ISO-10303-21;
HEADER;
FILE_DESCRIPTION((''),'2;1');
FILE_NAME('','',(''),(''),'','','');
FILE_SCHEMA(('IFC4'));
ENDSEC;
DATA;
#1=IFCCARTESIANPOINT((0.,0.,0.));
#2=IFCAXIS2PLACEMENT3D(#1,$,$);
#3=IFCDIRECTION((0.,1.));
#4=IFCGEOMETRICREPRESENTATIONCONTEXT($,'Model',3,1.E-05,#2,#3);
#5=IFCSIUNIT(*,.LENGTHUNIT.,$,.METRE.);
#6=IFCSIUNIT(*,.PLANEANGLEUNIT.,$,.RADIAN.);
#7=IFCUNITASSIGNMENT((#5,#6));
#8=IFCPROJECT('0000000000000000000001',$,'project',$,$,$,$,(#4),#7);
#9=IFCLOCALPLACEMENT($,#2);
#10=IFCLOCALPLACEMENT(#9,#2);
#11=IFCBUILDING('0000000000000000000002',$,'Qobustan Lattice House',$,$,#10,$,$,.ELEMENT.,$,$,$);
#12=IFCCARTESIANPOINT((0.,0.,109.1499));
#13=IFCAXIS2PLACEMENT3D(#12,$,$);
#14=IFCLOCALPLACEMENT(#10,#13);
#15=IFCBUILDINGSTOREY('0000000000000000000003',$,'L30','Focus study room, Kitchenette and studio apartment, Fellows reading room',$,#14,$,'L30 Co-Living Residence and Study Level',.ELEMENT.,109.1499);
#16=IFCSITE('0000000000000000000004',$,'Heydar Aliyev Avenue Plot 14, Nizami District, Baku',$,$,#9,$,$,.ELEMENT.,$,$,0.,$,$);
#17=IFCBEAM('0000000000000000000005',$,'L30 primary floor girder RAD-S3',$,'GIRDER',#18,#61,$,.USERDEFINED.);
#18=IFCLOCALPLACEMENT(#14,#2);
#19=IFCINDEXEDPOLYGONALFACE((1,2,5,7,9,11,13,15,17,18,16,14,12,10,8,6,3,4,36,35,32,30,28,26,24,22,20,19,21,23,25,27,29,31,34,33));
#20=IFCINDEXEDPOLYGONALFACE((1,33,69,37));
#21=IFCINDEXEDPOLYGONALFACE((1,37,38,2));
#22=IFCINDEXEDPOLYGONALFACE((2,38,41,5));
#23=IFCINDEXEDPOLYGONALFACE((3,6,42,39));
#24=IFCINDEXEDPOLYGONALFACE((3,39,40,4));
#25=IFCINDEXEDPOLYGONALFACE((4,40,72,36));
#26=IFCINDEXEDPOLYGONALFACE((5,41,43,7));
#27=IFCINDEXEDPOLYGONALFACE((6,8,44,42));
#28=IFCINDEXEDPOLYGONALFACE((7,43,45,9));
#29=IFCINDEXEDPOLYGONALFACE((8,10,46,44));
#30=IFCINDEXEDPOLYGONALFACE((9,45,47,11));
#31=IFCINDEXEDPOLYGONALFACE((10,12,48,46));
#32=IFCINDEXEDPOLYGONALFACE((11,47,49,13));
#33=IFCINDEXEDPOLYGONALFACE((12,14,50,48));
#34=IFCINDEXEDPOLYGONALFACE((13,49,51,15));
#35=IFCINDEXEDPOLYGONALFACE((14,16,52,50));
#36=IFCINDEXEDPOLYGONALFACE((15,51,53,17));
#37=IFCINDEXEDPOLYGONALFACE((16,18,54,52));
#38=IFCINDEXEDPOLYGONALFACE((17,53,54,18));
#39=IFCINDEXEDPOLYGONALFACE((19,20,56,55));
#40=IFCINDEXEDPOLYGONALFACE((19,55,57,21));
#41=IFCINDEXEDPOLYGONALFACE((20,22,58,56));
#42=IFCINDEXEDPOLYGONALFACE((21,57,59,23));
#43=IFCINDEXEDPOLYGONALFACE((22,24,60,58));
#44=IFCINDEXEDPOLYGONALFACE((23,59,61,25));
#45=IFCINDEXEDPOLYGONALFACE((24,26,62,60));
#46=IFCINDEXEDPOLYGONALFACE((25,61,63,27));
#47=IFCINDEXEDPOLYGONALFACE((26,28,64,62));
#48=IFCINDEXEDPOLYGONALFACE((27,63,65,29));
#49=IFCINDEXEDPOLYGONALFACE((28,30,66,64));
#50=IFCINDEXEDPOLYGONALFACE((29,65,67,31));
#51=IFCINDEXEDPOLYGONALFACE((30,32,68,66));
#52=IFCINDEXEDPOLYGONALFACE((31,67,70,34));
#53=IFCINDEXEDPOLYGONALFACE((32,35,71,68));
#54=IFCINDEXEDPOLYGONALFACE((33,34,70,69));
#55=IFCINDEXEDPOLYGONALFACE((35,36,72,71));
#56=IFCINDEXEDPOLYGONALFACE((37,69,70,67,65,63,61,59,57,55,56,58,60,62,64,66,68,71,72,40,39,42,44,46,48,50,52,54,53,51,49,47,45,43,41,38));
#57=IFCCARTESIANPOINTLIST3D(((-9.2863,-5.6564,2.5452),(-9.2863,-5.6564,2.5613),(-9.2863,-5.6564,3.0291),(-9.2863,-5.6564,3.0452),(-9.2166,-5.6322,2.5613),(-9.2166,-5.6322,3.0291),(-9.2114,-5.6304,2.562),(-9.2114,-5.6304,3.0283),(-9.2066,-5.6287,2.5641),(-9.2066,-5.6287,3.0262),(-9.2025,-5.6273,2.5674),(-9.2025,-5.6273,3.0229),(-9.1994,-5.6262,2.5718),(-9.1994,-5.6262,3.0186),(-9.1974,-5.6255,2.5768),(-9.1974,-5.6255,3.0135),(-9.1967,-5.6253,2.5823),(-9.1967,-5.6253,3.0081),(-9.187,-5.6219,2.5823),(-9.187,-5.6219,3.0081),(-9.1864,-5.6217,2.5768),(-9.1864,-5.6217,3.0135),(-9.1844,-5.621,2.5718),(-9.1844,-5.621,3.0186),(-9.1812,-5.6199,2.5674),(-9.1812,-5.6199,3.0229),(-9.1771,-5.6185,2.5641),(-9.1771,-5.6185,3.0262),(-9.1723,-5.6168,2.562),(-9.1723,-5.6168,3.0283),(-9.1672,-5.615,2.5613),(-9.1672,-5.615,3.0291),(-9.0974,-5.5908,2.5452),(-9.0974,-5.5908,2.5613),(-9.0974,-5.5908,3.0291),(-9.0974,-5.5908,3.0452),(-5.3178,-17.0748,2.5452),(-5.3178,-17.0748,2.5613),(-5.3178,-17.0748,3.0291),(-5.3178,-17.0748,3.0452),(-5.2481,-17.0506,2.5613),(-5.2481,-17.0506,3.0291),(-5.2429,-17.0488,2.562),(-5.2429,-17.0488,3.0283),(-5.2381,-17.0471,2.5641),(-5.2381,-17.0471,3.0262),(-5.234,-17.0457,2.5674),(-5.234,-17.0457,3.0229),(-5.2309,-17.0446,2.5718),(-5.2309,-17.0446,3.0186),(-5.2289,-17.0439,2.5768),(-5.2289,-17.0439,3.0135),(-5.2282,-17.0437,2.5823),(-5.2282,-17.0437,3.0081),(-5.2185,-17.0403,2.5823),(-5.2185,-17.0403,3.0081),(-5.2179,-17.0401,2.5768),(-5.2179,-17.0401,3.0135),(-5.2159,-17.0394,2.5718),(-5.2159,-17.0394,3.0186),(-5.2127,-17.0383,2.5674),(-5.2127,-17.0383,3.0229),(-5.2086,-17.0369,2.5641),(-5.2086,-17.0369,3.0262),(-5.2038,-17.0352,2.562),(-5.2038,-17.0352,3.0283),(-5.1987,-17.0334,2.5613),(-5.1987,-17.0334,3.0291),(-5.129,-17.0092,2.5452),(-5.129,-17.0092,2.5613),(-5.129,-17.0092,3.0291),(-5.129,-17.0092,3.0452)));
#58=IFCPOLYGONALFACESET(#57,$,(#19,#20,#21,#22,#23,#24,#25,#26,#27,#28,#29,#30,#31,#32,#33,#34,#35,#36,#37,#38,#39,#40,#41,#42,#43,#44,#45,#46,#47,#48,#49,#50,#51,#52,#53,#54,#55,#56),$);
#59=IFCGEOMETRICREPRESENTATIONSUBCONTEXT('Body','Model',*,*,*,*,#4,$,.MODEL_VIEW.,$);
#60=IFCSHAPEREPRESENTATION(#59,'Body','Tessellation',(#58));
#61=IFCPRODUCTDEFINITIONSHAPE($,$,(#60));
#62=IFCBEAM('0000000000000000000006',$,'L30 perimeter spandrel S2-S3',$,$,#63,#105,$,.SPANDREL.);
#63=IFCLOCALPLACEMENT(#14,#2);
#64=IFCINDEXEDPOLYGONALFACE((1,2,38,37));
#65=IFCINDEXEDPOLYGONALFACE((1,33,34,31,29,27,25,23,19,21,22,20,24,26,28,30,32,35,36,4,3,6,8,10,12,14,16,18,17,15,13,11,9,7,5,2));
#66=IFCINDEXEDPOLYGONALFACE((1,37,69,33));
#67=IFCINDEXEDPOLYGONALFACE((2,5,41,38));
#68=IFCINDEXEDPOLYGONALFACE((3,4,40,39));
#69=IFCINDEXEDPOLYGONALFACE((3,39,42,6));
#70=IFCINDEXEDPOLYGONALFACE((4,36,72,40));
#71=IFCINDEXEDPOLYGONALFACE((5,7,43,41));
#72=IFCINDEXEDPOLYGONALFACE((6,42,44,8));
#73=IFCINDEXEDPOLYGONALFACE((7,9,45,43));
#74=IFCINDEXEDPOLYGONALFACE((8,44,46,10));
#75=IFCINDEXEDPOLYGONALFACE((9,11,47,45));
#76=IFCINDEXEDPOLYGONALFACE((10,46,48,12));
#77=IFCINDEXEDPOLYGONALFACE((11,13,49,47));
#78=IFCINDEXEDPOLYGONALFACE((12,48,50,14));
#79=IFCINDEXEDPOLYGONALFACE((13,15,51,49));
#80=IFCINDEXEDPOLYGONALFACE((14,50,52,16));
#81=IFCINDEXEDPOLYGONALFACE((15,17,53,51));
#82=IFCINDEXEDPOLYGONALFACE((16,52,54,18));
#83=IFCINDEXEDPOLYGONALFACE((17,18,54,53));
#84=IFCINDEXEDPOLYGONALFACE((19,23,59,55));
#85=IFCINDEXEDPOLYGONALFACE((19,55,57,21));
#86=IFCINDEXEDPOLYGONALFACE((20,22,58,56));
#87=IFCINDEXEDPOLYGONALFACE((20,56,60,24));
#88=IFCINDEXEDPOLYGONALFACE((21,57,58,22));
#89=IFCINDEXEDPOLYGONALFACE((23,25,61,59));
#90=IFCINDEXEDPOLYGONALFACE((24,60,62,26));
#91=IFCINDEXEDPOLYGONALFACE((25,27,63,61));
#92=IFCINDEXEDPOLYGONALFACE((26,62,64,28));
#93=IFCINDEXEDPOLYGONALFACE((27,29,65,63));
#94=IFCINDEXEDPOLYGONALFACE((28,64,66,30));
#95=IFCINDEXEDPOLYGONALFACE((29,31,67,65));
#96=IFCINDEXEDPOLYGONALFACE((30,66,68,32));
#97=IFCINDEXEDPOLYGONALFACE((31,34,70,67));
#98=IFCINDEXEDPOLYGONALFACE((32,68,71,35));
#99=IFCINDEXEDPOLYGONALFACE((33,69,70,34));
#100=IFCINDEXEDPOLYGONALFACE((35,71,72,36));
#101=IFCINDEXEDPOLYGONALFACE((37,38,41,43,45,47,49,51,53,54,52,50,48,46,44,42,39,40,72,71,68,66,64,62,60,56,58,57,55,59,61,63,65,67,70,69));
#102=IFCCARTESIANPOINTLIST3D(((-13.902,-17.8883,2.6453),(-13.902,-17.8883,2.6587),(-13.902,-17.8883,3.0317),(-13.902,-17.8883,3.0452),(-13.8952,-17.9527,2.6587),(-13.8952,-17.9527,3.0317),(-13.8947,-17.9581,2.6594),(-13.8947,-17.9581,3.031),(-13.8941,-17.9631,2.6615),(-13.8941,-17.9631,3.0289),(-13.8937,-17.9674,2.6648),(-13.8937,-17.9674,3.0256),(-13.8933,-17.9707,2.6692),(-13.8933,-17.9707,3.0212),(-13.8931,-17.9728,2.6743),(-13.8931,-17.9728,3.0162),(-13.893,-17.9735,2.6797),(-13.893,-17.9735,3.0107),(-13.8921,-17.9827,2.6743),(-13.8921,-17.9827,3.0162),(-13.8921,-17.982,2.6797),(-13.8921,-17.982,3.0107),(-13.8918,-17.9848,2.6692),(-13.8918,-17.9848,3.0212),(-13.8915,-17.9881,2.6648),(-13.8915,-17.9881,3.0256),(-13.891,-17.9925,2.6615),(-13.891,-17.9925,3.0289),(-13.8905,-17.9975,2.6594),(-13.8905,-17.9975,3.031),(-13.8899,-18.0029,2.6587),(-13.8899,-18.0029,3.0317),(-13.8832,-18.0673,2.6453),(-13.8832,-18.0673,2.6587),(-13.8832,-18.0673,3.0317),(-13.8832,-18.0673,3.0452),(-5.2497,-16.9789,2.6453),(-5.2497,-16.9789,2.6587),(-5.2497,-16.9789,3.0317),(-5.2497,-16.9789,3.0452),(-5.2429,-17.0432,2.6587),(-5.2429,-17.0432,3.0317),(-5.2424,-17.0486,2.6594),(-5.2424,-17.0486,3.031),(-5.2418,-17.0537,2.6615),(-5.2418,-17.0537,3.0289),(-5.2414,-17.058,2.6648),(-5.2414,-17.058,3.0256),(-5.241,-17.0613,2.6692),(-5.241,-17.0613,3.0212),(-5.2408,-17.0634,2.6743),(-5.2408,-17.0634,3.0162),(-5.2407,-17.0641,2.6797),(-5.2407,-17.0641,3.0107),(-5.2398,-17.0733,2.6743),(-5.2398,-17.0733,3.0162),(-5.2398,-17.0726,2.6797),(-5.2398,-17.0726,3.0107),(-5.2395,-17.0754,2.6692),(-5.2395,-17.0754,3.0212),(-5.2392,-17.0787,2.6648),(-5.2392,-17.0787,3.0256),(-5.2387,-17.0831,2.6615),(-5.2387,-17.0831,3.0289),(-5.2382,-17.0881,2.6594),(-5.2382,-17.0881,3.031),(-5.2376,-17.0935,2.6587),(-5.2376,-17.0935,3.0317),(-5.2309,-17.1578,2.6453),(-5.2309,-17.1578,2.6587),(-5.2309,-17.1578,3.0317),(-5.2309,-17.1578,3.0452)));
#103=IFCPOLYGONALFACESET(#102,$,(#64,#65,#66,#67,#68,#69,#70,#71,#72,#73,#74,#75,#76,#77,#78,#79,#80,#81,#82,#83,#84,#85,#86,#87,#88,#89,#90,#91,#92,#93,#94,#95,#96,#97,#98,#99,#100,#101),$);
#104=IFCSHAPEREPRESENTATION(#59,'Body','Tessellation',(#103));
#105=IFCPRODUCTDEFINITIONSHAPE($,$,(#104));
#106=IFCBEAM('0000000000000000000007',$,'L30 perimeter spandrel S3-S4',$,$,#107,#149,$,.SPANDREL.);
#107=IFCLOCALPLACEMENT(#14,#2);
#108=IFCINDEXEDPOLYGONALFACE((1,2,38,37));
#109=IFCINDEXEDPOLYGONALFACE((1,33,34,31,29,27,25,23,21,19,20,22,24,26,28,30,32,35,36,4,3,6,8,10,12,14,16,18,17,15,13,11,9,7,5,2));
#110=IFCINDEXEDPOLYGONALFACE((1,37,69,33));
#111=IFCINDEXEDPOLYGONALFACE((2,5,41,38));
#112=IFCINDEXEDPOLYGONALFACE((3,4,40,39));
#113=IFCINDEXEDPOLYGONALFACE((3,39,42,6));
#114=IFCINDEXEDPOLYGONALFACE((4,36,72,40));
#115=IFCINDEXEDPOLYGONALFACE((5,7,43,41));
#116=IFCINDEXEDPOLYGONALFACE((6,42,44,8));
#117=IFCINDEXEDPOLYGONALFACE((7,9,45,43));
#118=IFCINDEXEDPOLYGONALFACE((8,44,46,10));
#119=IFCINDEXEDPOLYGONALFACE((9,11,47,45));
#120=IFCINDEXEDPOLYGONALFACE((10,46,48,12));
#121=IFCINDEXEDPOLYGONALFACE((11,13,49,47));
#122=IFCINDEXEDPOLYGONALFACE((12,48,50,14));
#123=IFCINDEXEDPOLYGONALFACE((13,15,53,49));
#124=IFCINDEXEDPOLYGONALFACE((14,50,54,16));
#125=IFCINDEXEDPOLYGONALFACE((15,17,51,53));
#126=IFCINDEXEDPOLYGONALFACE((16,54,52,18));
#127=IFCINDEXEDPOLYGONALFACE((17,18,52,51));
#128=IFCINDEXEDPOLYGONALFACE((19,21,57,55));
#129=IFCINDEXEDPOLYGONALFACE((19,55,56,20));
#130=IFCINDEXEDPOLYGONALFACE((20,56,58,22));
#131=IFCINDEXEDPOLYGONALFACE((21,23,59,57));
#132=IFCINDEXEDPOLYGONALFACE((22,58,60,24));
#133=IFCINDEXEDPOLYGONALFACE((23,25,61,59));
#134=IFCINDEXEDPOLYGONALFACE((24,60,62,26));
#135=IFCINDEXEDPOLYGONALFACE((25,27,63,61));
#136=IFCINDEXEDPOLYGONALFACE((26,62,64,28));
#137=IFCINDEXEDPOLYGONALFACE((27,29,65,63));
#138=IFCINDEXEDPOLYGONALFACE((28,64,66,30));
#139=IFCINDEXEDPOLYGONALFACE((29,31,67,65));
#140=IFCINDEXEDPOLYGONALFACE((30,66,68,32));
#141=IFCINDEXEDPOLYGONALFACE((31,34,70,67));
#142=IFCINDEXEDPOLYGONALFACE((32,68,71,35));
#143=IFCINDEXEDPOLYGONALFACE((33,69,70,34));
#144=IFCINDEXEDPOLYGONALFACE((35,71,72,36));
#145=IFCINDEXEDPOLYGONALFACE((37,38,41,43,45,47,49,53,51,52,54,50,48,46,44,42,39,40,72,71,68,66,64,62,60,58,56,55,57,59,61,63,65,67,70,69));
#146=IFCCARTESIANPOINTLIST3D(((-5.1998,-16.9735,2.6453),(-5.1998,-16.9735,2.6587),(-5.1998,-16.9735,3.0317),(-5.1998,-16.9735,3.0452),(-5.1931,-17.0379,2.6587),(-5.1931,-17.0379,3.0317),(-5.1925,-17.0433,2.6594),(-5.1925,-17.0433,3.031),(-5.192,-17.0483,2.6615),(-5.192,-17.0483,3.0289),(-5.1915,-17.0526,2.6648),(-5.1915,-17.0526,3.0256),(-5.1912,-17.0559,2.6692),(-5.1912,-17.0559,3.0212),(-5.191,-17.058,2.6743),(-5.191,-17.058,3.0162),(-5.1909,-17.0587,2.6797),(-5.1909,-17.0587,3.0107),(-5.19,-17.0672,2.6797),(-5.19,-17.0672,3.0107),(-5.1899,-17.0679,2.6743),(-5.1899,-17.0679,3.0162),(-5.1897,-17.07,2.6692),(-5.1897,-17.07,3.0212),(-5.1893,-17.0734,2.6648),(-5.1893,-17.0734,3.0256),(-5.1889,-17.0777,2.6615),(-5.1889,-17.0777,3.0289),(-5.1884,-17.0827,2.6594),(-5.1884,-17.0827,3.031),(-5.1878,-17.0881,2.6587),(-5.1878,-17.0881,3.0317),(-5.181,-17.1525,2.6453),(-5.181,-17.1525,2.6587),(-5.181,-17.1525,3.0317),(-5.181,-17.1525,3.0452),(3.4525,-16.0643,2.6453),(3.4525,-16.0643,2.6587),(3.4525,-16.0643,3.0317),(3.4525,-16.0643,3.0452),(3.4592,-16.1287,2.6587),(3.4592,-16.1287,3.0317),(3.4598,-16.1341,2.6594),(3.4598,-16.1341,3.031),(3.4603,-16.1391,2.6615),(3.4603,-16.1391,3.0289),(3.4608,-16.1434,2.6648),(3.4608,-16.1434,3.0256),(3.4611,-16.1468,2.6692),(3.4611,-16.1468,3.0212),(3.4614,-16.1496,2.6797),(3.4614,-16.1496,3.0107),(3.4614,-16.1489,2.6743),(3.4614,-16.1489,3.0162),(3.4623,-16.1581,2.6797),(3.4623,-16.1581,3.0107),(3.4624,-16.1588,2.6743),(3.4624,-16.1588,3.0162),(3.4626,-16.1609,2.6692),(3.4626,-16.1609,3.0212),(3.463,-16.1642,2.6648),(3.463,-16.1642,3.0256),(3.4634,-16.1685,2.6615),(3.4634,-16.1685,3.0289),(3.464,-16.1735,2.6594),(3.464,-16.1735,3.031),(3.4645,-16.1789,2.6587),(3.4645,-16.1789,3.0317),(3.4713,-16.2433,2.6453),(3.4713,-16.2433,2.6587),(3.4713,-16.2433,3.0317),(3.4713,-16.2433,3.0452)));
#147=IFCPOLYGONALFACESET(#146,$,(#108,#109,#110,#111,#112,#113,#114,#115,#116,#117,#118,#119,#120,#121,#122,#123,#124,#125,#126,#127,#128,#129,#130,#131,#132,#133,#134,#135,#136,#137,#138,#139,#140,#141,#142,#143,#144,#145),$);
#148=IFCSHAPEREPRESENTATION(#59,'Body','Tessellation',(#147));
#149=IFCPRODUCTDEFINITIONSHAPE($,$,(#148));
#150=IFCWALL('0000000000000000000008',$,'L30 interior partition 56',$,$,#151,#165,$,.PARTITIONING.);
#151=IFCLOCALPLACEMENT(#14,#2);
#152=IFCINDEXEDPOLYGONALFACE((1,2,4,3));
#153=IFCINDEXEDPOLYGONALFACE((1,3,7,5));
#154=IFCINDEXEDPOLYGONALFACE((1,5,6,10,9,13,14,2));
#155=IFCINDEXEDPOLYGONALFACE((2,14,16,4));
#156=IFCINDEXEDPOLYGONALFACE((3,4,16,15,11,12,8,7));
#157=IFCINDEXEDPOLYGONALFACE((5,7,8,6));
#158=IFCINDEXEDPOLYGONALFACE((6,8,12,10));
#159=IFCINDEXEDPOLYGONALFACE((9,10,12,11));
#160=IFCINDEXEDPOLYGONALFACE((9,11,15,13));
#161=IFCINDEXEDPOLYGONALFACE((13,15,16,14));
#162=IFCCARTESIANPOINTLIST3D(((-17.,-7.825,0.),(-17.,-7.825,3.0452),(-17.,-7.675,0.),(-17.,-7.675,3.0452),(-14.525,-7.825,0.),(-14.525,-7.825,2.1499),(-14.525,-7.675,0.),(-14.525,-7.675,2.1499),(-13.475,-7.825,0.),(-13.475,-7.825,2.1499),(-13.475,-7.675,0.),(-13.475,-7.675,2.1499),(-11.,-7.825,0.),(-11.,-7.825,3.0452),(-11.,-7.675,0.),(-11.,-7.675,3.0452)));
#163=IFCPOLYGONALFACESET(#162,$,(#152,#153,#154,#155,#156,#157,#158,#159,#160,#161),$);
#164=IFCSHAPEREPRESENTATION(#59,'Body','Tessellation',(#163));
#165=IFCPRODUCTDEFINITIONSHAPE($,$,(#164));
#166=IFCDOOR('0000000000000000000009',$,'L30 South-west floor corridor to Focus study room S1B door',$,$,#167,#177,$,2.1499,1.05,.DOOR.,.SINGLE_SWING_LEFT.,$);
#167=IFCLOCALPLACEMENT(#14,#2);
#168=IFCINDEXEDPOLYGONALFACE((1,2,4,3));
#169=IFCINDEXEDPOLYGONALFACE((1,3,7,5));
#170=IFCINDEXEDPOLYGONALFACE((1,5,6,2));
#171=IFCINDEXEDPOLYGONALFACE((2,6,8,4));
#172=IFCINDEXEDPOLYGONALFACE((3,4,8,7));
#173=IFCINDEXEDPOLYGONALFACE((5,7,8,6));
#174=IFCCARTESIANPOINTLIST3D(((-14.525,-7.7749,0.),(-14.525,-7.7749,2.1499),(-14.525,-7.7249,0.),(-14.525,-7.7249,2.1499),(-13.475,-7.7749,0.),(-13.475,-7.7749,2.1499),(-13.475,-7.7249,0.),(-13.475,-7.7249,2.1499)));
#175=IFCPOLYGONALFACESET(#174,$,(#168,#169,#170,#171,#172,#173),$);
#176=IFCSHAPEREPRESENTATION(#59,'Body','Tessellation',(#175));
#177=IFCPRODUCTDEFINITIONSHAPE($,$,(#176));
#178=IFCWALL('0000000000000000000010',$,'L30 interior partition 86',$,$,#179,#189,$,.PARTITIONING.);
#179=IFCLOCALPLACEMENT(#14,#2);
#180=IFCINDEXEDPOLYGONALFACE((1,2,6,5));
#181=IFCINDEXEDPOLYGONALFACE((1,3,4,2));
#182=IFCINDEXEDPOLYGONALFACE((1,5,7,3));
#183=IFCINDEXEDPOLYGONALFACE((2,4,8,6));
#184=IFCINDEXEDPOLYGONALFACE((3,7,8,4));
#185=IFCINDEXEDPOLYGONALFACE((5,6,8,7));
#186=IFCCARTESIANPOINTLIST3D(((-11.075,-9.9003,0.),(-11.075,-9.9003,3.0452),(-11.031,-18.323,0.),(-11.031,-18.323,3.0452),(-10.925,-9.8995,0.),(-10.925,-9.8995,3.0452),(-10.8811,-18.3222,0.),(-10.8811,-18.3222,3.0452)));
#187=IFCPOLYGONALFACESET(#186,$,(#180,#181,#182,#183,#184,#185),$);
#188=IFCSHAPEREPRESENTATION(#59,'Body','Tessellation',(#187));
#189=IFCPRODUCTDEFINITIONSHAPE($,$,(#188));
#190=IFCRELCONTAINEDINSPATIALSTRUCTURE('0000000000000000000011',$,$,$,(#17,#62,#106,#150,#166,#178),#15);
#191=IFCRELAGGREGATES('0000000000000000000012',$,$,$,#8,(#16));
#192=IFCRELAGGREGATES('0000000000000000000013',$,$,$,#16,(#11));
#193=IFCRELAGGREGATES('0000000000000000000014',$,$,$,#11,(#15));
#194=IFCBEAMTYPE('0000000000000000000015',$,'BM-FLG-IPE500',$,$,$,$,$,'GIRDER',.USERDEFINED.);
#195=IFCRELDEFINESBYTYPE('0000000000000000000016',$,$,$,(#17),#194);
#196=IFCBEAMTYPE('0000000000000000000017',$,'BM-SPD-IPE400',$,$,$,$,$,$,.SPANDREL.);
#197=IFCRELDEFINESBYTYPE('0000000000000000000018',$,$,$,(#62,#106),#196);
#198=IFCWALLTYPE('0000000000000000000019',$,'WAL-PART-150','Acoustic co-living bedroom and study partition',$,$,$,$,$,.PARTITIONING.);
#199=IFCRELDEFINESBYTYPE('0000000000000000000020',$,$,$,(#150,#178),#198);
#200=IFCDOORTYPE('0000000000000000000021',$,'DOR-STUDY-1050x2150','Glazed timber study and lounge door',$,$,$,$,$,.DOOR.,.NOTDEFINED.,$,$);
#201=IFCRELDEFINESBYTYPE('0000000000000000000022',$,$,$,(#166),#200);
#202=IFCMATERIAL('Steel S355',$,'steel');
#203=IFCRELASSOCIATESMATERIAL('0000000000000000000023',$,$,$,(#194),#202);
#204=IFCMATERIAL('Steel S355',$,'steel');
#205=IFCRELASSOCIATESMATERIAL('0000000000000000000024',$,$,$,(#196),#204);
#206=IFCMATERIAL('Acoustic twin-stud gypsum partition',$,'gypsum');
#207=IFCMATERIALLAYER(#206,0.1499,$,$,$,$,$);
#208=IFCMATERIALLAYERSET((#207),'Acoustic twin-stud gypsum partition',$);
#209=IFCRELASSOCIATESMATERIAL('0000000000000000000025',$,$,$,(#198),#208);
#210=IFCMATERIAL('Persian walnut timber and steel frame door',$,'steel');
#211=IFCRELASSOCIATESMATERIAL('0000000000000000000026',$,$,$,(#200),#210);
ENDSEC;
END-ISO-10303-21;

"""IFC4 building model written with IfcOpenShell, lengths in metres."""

from ifc_helpers import new_model, si_unit, direction, frame, frame_2d, origin, origin_2d, place, context, subcontext, project, spatial, rectangle, i_section, extrude, material, layer, layer_set, material_profile, profile_set, type_object, element, fill, save


model = new_model("IFC4")

# Units and contexts
model_context = context("Model", 3, precision=1e-05, world=origin(), true_north=direction((0.0, 1.0)))
body_context = subcontext(model_context, "Body", "Model", "MODEL_VIEW")
ifc_project = project(units=[si_unit("LENGTHUNIT", "METRE"), si_unit("PLANEANGLEUNIT", "RADIAN")], contexts=[model_context])

# Site, building, storey
site_placement = place(None, origin())
site = spatial("IfcSite", under=ifc_project, at=site_placement, Name="Heydar Aliyev Avenue Plot 14, Nizami District, Baku", CompositionType="ELEMENT", RefElevation=0.0)
building_placement = place(site_placement, origin())
building = spatial("IfcBuilding", under=site, at=building_placement, Name="Qobustan Lattice House", CompositionType="ELEMENT")
storey_placement = place(building_placement, frame((0.0, 0.0, 109.1499)))
storey = spatial("IfcBuildingStorey", under=building, at=storey_placement, Name="L30", Description="Focus study room, Kitchenette and studio apartment, Fellows reading room", LongName="L30 Co-Living Residence and Study Level", CompositionType="ELEMENT", Elevation=109.1499)

# Beams
ifc_material_1 = material(Name="Steel S355", Category="steel")
ifc_material_profile_1 = material_profile(ifc_material_1, i_section(OverallWidth=0.2, OverallDepth=0.5, WebThickness=0.0103, FlangeThickness=0.0161, FilletRadius=0.021, at=origin_2d()), Name="IPE500")
ifc_profile_set_1 = profile_set([ifc_material_profile_1], Name="Steel S355")
beam_type_1 = type_object("IfcBeamType", Name="BM-FLG-IPE500", ElementType="GIRDER", PredefinedType="USERDEFINED", material=ifc_profile_set_1)
beam_1_placement = place(storey_placement, frame((-5.2234, -17.042, 2.7952), z_axis=(-0.32829, 0.944577, 0.0), x_axis=(-0.944577, -0.32829, 0.0)))
element("IfcBeam", 1, at=beam_1_placement, inside=storey, type_object=beam_type_1, Name="L30 primary floor girder RAD-S3", ObjectType="GIRDER", PredefinedType="USERDEFINED", context=body_context, shape_type="SweptSolid", body=[
    extrude(i_section(OverallWidth=0.2, OverallDepth=0.5, WebThickness=0.0103, FlangeThickness=0.0161, FilletRadius=0.021, at=origin_2d()), origin(), (0.0, 0.0, 1.0), 12.0884),
])
ifc_material_2 = material(Name="Steel S355", Category="steel")
ifc_material_profile_2 = material_profile(ifc_material_2, i_section(OverallWidth=0.1799, OverallDepth=0.3999, WebThickness=0.0085, FlangeThickness=0.0134, FilletRadius=0.021, at=origin_2d()), Name="IPE400")
ifc_profile_set_2 = profile_set([ifc_material_profile_2], Name="Steel S355")
beam_type_2 = type_object("IfcBeamType", Name="BM-SPD-IPE400", PredefinedType="SPANDREL", material=ifc_profile_set_2)
for number, where, z_axis, x_axis, name in (
    (2, (-13.8926, -17.9778, 2.8452), (0.994522, 0.104531, 0.0), (-0.104531, 0.994522, 0.0), "L30 perimeter spandrel S2-S3"),
    (3, (-5.1904, -17.063, 2.8452), (0.994525, 0.104504, 0.0), (-0.104504, 0.994525, 0.0), "L30 perimeter spandrel S3-S4"),
):
    element("IfcBeam", number, at=place(storey_placement, frame(where, z_axis=z_axis, x_axis=x_axis)), inside=storey, type_object=beam_type_2, Name=name, PredefinedType="SPANDREL", context=body_context, shape_type="SweptSolid", body=[
        extrude(i_section(OverallWidth=0.1799, OverallDepth=0.3999, WebThickness=0.0085, FlangeThickness=0.0134, FilletRadius=0.021, at=origin_2d()), origin(), (0.0, 0.0, 1.0), 8.7),
    ])

# Wall, opening, door
ifc_material_3 = material(Name="Acoustic twin-stud gypsum partition", Category="gypsum")
ifc_layer_1 = layer(ifc_material_3, 0.1499)
ifc_layer_set_1 = layer_set([ifc_layer_1], Name="Acoustic twin-stud gypsum partition")
wall_type_1 = type_object("IfcWallType", Name="WAL-PART-150", Description="Acoustic co-living bedroom and study partition", PredefinedType="PARTITIONING", material=ifc_layer_set_1)
wall_1_placement = place(storey_placement, frame((-11.0, -7.75, 0.0), z_axis=(0.0, 0.0, 1.0), x_axis=(-1.0, 0.0, 0.0)))
wall_1 = element("IfcWall", 4, at=wall_1_placement, inside=storey, type_object=wall_type_1, Name="L30 interior partition 56", PredefinedType="PARTITIONING", context=body_context, shape_type="SweptSolid", body=[
    extrude(rectangle(XDim=6.0, YDim=0.1499, at=frame_2d((3.0, 0.0))), origin(), (0.0, 0.0, 1.0), 3.0452),
])
opening_1_placement = place(wall_1_placement, frame((2.4751, 0.0, 0.0)))
opening_1 = element("IfcOpeningElement", 5, at=opening_1_placement, cuts=wall_1, PredefinedType="OPENING", context=body_context, shape_type="SweptSolid", body=[
    extrude(rectangle(XDim=1.05, YDim=2.1499, at=frame_2d((0.5249, 1.075))), frame((0.0, 0.085, 0.0), z_axis=(0.0, -1.0, 0.0), x_axis=(1.0, 0.0, 0.0)), (0.0, 0.0, 1.0), 0.1699),
])
ifc_material_4 = material(Name="Persian walnut timber and steel frame door", Category="steel")
door_type_1 = type_object("IfcDoorType", Name="DOR-STUDY-1050x2150", Description="Glazed timber study and lounge door", OperationType="NOTDEFINED", PredefinedType="DOOR", material=ifc_material_4)
door_1_placement = place(opening_1_placement, origin())
door_1 = element("IfcDoor", 6, at=door_1_placement, inside=storey, type_object=door_type_1, Name="L30 South-west floor corridor to Focus study room S1B door", OperationType="SINGLE_SWING_LEFT", OverallHeight=2.1499, OverallWidth=1.05, PredefinedType="DOOR", context=body_context, shape_type="SweptSolid", body=[
    extrude(rectangle(XDim=1.05, YDim=2.1499, at=frame_2d((0.5249, 1.075))), frame((0.0, 0.0249, 0.0), z_axis=(0.0, -1.0, 0.0), x_axis=(1.0, 0.0, 0.0)), (0.0, 0.0, 1.0), 0.05),
])
fill(opening_1, door_1)

# Wall
wall_2_placement = place(storey_placement, frame((-11.0, -9.8999, 0.0), z_axis=(0.0, 0.0, 1.0), x_axis=(0.005217, -0.999986, 0.0)))
element("IfcWall", 7, at=wall_2_placement, inside=storey, type_object=wall_type_1, Name="L30 interior partition 86", PredefinedType="PARTITIONING", context=body_context, shape_type="SweptSolid", body=[
    extrude(rectangle(XDim=8.4229, YDim=0.1499, at=frame_2d((4.2114, 0.0))), origin(), (0.0, 0.0, 1.0), 3.0452),
])

save(model, "model.ifc")
